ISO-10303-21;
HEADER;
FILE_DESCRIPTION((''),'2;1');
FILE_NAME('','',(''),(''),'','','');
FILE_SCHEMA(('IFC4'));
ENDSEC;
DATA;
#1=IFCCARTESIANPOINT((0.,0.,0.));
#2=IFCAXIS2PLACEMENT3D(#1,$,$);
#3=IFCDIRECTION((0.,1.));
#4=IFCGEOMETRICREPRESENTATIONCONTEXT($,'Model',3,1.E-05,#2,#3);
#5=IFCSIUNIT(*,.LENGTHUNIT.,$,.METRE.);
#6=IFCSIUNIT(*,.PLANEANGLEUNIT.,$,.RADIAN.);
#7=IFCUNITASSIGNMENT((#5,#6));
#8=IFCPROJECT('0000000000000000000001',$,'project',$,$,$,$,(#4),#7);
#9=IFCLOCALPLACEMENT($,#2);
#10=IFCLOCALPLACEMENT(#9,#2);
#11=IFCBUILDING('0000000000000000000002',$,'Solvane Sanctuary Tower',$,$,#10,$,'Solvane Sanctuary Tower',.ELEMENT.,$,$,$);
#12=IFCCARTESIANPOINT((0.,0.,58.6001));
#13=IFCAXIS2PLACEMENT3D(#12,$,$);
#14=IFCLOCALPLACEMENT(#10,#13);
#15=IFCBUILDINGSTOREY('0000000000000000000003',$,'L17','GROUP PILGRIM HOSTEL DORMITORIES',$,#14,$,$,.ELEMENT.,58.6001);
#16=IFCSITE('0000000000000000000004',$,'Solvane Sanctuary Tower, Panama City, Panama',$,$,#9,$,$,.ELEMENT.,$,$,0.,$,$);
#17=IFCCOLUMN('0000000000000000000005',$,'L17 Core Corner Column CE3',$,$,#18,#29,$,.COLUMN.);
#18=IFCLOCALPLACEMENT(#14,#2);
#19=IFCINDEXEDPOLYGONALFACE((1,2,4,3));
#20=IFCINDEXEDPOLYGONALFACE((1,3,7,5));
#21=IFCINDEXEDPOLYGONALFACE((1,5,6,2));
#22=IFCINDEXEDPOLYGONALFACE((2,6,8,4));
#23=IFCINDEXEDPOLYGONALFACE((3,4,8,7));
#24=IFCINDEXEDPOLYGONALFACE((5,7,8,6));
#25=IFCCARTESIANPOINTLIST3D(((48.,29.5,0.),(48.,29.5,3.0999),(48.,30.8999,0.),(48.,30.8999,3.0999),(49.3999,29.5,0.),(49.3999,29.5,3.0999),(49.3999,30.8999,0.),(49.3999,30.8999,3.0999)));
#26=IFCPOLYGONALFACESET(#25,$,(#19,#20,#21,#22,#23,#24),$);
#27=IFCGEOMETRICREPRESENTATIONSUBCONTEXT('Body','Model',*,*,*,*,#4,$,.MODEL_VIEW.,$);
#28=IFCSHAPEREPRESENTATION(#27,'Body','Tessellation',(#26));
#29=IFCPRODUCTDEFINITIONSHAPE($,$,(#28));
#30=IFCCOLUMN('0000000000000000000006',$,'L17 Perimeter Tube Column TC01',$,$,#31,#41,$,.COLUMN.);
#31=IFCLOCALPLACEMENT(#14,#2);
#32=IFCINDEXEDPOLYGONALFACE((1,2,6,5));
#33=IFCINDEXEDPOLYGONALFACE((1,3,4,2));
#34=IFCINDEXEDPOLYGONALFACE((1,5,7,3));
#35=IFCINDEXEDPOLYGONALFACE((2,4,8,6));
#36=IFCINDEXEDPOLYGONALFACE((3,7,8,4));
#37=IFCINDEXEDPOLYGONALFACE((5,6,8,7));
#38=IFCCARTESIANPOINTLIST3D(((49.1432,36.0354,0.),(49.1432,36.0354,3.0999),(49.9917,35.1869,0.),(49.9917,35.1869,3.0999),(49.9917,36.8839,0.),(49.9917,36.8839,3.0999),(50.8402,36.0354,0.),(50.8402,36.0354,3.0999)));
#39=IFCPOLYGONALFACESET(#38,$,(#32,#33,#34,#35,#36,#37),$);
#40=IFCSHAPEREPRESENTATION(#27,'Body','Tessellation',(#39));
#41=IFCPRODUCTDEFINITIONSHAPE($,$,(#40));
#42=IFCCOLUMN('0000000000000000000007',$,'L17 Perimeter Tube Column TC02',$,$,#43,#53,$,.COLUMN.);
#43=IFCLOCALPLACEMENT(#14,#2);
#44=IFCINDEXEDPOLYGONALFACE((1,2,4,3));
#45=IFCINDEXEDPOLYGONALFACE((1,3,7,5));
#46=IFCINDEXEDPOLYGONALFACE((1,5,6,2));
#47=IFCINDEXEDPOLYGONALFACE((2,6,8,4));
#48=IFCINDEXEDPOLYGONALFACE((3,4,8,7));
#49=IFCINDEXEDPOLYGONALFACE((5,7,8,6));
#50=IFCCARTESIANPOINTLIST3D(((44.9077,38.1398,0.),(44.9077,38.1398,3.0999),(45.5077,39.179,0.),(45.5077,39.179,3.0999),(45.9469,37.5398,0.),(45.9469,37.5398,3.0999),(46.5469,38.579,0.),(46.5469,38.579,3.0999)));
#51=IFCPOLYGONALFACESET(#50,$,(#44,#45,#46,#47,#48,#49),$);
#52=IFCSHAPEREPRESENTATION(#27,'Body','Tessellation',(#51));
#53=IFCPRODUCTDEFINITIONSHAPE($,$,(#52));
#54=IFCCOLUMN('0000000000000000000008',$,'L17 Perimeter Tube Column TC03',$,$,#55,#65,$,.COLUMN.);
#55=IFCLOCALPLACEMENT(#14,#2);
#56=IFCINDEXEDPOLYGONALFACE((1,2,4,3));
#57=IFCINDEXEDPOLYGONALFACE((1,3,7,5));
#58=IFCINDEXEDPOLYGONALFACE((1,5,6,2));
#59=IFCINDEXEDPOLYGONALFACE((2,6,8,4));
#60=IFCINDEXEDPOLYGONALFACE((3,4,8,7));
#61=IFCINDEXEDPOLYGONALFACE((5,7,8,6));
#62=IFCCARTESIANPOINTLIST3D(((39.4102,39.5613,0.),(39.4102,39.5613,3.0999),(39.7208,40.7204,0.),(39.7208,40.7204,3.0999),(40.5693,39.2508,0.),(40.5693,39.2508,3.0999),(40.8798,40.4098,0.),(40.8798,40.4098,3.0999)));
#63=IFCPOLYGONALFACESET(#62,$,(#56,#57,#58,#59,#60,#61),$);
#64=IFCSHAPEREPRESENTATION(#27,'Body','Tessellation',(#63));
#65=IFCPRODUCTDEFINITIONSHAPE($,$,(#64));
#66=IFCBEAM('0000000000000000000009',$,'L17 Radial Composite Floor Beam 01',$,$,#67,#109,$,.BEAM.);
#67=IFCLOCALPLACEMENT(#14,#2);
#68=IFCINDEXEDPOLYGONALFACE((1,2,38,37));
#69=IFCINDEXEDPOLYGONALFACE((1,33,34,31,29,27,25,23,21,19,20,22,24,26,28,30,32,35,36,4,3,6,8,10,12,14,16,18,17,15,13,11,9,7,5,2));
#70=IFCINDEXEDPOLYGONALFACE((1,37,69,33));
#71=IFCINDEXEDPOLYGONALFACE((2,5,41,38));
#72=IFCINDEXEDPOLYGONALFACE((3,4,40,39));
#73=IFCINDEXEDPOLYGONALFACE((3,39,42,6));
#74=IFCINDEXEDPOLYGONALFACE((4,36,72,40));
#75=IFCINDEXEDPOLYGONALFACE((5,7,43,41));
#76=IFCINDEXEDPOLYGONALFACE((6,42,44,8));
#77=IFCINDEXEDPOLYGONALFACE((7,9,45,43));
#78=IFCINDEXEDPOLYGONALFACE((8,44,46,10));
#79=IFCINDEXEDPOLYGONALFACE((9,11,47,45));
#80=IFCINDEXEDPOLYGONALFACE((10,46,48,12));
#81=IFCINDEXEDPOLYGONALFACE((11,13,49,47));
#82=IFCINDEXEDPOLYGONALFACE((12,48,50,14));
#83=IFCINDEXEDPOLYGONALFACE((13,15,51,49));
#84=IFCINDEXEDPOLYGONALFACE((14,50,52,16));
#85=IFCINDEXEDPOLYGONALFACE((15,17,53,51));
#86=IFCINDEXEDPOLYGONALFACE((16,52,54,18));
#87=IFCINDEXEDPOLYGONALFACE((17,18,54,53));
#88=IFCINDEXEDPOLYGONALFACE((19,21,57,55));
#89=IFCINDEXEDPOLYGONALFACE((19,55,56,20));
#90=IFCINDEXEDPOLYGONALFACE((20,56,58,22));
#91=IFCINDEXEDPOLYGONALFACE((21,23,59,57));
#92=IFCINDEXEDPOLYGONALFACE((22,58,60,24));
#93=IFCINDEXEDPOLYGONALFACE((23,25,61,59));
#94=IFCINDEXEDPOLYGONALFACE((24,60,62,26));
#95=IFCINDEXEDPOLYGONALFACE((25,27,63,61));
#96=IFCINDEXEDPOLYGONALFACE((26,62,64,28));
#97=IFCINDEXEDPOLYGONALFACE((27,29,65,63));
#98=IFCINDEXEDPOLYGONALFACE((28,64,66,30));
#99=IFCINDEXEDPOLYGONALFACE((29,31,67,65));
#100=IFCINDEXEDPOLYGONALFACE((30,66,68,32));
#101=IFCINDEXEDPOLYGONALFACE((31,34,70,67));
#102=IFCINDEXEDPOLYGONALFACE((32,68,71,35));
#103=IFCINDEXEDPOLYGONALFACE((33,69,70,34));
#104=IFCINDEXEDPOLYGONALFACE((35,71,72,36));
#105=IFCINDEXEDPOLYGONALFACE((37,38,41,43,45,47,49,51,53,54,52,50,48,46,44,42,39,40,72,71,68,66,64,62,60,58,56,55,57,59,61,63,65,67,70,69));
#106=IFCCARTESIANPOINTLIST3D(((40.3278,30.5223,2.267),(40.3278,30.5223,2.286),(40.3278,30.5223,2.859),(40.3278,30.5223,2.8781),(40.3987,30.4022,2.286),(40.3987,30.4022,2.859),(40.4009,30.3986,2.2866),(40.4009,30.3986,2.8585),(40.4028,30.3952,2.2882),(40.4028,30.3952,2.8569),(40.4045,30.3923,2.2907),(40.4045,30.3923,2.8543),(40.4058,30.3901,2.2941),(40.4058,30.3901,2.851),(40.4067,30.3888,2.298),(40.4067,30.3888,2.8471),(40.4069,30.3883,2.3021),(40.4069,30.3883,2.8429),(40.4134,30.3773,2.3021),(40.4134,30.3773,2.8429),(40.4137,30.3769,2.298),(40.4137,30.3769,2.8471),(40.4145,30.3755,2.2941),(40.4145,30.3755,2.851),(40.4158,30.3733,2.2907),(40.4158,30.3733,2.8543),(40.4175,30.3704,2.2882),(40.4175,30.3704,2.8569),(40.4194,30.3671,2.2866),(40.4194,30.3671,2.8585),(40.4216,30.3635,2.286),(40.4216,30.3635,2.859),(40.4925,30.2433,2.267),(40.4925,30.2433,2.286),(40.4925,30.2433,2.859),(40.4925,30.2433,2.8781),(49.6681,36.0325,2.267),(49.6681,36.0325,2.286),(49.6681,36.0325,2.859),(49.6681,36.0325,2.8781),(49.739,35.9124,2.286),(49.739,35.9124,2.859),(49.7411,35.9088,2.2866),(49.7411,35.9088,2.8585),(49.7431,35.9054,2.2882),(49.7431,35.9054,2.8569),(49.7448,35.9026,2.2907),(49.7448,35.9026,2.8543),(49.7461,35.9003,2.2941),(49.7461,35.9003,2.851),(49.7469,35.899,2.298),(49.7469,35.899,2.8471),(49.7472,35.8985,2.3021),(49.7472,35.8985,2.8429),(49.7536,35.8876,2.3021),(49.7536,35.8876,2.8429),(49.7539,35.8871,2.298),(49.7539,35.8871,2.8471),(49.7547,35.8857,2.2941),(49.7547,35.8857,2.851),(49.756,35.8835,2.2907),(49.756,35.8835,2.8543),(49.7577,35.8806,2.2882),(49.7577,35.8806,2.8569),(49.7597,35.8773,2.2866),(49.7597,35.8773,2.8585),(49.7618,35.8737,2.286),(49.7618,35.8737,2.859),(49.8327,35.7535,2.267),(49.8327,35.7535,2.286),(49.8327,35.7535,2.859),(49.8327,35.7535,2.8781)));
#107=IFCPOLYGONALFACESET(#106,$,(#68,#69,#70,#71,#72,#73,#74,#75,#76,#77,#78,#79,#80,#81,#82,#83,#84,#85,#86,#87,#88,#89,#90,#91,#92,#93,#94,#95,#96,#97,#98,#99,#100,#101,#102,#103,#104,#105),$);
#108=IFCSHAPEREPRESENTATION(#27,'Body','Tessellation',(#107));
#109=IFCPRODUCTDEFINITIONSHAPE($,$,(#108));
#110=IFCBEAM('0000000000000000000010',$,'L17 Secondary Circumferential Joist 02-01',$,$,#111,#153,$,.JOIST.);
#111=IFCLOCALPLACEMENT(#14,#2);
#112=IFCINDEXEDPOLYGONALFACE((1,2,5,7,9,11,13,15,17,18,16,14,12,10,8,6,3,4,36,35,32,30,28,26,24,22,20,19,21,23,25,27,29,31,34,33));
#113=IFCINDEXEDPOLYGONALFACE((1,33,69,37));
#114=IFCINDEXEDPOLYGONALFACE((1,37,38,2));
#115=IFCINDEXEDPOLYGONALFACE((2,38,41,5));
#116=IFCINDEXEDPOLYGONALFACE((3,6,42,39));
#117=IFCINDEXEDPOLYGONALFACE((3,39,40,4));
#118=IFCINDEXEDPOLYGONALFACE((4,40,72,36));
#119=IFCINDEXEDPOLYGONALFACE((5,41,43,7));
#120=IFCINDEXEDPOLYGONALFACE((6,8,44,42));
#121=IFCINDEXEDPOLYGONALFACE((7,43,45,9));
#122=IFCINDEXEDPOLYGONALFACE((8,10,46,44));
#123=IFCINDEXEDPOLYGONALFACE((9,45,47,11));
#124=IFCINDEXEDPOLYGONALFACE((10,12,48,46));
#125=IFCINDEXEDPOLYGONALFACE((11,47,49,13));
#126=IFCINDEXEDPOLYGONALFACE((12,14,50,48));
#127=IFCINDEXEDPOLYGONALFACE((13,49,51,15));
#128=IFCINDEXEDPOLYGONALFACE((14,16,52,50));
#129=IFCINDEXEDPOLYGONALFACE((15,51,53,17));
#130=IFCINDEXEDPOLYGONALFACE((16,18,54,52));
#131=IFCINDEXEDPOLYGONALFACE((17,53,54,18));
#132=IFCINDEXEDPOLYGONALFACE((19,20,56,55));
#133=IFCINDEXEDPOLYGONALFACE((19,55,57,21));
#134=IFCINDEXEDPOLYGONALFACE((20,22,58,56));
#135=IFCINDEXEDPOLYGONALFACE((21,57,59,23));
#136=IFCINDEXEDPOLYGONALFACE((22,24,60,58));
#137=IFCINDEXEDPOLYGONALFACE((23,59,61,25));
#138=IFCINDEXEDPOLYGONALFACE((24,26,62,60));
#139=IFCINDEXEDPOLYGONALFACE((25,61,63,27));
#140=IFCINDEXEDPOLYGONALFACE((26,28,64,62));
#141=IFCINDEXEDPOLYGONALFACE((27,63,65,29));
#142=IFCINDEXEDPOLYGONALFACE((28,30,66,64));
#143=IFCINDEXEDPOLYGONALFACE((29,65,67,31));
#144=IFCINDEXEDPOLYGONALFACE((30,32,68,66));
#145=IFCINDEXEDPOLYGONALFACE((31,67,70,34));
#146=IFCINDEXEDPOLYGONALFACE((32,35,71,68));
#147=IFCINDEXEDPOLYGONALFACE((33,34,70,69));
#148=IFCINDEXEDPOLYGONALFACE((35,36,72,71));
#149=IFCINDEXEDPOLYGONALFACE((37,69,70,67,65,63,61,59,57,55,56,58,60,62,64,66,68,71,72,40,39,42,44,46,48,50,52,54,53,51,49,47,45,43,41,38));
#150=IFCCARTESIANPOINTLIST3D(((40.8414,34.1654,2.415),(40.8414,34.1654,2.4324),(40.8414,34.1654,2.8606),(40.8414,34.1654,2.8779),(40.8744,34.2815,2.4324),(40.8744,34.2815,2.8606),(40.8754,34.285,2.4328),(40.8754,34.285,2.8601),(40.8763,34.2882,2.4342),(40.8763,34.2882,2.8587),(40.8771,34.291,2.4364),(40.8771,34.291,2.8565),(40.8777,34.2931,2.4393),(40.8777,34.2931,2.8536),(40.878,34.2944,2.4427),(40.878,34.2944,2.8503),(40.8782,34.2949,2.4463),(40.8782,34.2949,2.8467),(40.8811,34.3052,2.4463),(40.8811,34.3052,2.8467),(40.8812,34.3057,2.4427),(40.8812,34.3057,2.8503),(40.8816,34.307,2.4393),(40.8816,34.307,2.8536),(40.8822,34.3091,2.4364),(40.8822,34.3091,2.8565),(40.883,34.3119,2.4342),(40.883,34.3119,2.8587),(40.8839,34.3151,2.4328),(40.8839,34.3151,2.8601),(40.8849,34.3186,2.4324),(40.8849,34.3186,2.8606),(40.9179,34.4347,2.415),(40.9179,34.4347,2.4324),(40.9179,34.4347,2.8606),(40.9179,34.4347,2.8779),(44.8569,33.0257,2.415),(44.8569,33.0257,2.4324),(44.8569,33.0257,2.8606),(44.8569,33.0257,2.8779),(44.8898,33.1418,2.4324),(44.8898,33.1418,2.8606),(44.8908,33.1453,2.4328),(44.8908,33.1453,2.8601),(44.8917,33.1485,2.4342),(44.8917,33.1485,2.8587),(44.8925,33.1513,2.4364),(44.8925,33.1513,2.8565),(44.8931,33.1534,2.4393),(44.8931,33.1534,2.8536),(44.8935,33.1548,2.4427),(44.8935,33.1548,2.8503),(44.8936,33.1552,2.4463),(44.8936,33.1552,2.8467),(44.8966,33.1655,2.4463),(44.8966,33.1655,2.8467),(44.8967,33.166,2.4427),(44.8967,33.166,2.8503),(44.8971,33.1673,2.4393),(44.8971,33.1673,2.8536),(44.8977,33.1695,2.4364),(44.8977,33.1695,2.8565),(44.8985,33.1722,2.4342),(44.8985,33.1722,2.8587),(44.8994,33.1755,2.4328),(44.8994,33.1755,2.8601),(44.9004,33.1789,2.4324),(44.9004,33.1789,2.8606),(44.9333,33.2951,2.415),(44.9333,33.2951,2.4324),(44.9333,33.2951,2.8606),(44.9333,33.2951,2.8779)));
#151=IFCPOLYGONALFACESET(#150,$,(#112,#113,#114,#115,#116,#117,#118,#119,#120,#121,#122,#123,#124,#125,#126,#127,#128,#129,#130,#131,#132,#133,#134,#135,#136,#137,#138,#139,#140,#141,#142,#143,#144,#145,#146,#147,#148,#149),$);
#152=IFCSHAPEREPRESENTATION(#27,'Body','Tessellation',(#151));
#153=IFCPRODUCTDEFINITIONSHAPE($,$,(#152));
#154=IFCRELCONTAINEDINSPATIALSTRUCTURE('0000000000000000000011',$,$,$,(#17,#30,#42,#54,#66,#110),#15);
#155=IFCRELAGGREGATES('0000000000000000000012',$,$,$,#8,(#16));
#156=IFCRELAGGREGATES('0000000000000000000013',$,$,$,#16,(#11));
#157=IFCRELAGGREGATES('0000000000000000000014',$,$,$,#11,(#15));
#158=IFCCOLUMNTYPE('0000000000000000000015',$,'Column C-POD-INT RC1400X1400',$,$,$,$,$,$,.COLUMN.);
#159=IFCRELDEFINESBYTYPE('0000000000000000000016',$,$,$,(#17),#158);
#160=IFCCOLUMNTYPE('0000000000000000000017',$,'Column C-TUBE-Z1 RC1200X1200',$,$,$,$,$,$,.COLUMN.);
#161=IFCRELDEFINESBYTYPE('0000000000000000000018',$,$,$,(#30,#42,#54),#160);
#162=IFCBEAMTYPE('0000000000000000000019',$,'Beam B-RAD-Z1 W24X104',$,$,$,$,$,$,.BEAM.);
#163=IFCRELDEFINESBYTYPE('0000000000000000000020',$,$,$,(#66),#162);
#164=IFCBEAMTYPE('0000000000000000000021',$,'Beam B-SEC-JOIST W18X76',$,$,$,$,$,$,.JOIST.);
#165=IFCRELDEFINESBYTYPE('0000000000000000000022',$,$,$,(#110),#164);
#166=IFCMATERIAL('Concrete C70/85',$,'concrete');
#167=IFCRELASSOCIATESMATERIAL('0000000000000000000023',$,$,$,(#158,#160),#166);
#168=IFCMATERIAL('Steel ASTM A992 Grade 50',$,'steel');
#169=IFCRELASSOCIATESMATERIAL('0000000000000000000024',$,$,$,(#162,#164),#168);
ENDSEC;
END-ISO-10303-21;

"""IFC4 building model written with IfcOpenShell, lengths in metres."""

from ifc_helpers import new_model, si_unit, direction, frame, origin, origin_2d, place, context, subcontext, project, spatial, rectangle, i_section, extrude, material, material_profile, profile_set, type_object, element, save


model = new_model("IFC4")

# Units and contexts
model_context = context("Model", 3, precision=1e-05, world=origin(), true_north=direction((0.0, 1.0)))
body_context = subcontext(model_context, "Body", "Model", "MODEL_VIEW")
ifc_project = project(units=[si_unit("LENGTHUNIT", "METRE"), si_unit("PLANEANGLEUNIT", "RADIAN")], contexts=[model_context])

# Site, building, storey
site_placement = place(None, origin())
site = spatial("IfcSite", under=ifc_project, at=site_placement, Name="Solvane Sanctuary Tower, Panama City, Panama", CompositionType="ELEMENT", RefElevation=0.0)
building_placement = place(site_placement, origin())
building = spatial("IfcBuilding", under=site, at=building_placement, Name="Solvane Sanctuary Tower", LongName="Solvane Sanctuary Tower", CompositionType="ELEMENT")
storey_placement = place(building_placement, frame((0.0, 0.0, 58.6001)))
storey = spatial("IfcBuildingStorey", under=building, at=storey_placement, Name="L17", Description="GROUP PILGRIM HOSTEL DORMITORIES", CompositionType="ELEMENT", Elevation=58.6001)

# Columns
ifc_material_1 = material(Name="Concrete C70/85", Category="concrete")
ifc_material_profile_1 = material_profile(ifc_material_1, rectangle(XDim=1.3999, YDim=1.3999, at=origin_2d()), Name="RC1400X1400")
ifc_profile_set_1 = profile_set([ifc_material_profile_1], Name="Concrete C70/85")
column_type_1 = type_object("IfcColumnType", Name="Column C-POD-INT RC1400X1400", PredefinedType="COLUMN", material=ifc_profile_set_1)
column_placement = place(storey_placement, frame((48.7, 30.2, 0.0), z_axis=(0.0, 0.0, 1.0), x_axis=(1.0, 0.0, 0.0)))
element("IfcColumn", 1, at=column_placement, inside=storey, type_object=column_type_1, Name="L17 Core Corner Column CE3", PredefinedType="COLUMN", context=body_context, shape_type="SweptSolid", body=[
    extrude(rectangle(XDim=1.3999, YDim=1.3999, at=origin_2d()), origin(), (0.0, 0.0, 1.0), 3.0999),
])
ifc_material_profile_2 = material_profile(ifc_material_1, rectangle(XDim=1.2, YDim=1.2, at=origin_2d()), Name="RC1200X1200")
ifc_profile_set_2 = profile_set([ifc_material_profile_2], Name="Concrete C70/85")
column_type_2 = type_object("IfcColumnType", Name="Column C-TUBE-Z1 RC1200X1200", PredefinedType="COLUMN", material=ifc_profile_set_2)
for number, where, z_axis, x_axis, name in (
    (2, (49.9917, 36.0354, 0.0), (0.0, 0.0, 1.0), (0.707107, 0.707107, 0.0), "L17 Perimeter Tube Column TC01"),
    (3, (45.7273, 38.3594, 0.0), (0.0, 0.0, 1.0), (0.5, 0.866025, 0.0), "L17 Perimeter Tube Column TC02"),
    (4, (40.145, 39.9856, 0.0), (0.0, 0.0, 1.0), (0.258819, 0.965926, 0.0), "L17 Perimeter Tube Column TC03"),
):
    element("IfcColumn", number, at=place(storey_placement, frame(where, z_axis=z_axis, x_axis=x_axis)), inside=storey, type_object=column_type_2, Name=name, PredefinedType="COLUMN", context=body_context, shape_type="SweptSolid", body=[
        extrude(rectangle(XDim=1.2, YDim=1.2, at=origin_2d()), origin(), (0.0, 0.0, 1.0), 3.0999),
    ])

# Beams
ifc_material_2 = material(Name="Steel ASTM A992 Grade 50", Category="steel")
ifc_material_profile_3 = material_profile(ifc_material_2, i_section(OverallWidth=0.324, OverallDepth=0.6111, WebThickness=0.0127, FlangeThickness=0.019, FilletRadius=0.0161, at=origin_2d()), Name="W24X104")
ifc_profile_set_3 = profile_set([ifc_material_profile_3], Name="Steel ASTM A992 Grade 50")
beam_type_1 = type_object("IfcBeamType", Name="Beam B-RAD-Z1 W24X104", PredefinedType="BEAM", material=ifc_profile_set_3)
beam_1_placement = place(storey_placement, frame((40.4102, 30.3828, 2.5725), z_axis=(0.861291, 0.508112, 0.0), x_axis=(-0.508112, 0.861291, 0.0)))
element("IfcBeam", 5, at=beam_1_placement, inside=storey, type_object=beam_type_1, Name="L17 Radial Composite Floor Beam 01", PredefinedType="BEAM", context=body_context, shape_type="SweptSolid", body=[
    extrude(i_section(OverallWidth=0.324, OverallDepth=0.6111, WebThickness=0.0127, FlangeThickness=0.019, FilletRadius=0.0161, at=origin_2d()), origin(), (0.0, 0.0, 1.0), 10.8445),
])
ifc_material_profile_4 = material_profile(ifc_material_2, i_section(OverallWidth=0.28, OverallDepth=0.4629, WebThickness=0.0107, FlangeThickness=0.0173, FilletRadius=0.0139, at=origin_2d()), Name="W18X76")
ifc_profile_set_4 = profile_set([ifc_material_profile_4], Name="Steel ASTM A992 Grade 50")
beam_type_2 = type_object("IfcBeamType", Name="Beam B-SEC-JOIST W18X76", PredefinedType="JOIST", material=ifc_profile_set_4)
beam_2_placement = place(storey_placement, frame((40.8796, 34.3, 2.6465), z_axis=(0.962004, -0.273037, 0.0), x_axis=(0.273037, 0.962004, 0.0)))
element("IfcBeam", 6, at=beam_2_placement, inside=storey, type_object=beam_type_2, Name="L17 Secondary Circumferential Joist 02-01", PredefinedType="JOIST", context=body_context, shape_type="SweptSolid", body=[
    extrude(i_section(OverallWidth=0.28, OverallDepth=0.4629, WebThickness=0.0107, FlangeThickness=0.0173, FilletRadius=0.0139, at=origin_2d()), origin(), (0.0, 0.0, 1.0), 4.1741),
])

save(model, "model.ifc")
